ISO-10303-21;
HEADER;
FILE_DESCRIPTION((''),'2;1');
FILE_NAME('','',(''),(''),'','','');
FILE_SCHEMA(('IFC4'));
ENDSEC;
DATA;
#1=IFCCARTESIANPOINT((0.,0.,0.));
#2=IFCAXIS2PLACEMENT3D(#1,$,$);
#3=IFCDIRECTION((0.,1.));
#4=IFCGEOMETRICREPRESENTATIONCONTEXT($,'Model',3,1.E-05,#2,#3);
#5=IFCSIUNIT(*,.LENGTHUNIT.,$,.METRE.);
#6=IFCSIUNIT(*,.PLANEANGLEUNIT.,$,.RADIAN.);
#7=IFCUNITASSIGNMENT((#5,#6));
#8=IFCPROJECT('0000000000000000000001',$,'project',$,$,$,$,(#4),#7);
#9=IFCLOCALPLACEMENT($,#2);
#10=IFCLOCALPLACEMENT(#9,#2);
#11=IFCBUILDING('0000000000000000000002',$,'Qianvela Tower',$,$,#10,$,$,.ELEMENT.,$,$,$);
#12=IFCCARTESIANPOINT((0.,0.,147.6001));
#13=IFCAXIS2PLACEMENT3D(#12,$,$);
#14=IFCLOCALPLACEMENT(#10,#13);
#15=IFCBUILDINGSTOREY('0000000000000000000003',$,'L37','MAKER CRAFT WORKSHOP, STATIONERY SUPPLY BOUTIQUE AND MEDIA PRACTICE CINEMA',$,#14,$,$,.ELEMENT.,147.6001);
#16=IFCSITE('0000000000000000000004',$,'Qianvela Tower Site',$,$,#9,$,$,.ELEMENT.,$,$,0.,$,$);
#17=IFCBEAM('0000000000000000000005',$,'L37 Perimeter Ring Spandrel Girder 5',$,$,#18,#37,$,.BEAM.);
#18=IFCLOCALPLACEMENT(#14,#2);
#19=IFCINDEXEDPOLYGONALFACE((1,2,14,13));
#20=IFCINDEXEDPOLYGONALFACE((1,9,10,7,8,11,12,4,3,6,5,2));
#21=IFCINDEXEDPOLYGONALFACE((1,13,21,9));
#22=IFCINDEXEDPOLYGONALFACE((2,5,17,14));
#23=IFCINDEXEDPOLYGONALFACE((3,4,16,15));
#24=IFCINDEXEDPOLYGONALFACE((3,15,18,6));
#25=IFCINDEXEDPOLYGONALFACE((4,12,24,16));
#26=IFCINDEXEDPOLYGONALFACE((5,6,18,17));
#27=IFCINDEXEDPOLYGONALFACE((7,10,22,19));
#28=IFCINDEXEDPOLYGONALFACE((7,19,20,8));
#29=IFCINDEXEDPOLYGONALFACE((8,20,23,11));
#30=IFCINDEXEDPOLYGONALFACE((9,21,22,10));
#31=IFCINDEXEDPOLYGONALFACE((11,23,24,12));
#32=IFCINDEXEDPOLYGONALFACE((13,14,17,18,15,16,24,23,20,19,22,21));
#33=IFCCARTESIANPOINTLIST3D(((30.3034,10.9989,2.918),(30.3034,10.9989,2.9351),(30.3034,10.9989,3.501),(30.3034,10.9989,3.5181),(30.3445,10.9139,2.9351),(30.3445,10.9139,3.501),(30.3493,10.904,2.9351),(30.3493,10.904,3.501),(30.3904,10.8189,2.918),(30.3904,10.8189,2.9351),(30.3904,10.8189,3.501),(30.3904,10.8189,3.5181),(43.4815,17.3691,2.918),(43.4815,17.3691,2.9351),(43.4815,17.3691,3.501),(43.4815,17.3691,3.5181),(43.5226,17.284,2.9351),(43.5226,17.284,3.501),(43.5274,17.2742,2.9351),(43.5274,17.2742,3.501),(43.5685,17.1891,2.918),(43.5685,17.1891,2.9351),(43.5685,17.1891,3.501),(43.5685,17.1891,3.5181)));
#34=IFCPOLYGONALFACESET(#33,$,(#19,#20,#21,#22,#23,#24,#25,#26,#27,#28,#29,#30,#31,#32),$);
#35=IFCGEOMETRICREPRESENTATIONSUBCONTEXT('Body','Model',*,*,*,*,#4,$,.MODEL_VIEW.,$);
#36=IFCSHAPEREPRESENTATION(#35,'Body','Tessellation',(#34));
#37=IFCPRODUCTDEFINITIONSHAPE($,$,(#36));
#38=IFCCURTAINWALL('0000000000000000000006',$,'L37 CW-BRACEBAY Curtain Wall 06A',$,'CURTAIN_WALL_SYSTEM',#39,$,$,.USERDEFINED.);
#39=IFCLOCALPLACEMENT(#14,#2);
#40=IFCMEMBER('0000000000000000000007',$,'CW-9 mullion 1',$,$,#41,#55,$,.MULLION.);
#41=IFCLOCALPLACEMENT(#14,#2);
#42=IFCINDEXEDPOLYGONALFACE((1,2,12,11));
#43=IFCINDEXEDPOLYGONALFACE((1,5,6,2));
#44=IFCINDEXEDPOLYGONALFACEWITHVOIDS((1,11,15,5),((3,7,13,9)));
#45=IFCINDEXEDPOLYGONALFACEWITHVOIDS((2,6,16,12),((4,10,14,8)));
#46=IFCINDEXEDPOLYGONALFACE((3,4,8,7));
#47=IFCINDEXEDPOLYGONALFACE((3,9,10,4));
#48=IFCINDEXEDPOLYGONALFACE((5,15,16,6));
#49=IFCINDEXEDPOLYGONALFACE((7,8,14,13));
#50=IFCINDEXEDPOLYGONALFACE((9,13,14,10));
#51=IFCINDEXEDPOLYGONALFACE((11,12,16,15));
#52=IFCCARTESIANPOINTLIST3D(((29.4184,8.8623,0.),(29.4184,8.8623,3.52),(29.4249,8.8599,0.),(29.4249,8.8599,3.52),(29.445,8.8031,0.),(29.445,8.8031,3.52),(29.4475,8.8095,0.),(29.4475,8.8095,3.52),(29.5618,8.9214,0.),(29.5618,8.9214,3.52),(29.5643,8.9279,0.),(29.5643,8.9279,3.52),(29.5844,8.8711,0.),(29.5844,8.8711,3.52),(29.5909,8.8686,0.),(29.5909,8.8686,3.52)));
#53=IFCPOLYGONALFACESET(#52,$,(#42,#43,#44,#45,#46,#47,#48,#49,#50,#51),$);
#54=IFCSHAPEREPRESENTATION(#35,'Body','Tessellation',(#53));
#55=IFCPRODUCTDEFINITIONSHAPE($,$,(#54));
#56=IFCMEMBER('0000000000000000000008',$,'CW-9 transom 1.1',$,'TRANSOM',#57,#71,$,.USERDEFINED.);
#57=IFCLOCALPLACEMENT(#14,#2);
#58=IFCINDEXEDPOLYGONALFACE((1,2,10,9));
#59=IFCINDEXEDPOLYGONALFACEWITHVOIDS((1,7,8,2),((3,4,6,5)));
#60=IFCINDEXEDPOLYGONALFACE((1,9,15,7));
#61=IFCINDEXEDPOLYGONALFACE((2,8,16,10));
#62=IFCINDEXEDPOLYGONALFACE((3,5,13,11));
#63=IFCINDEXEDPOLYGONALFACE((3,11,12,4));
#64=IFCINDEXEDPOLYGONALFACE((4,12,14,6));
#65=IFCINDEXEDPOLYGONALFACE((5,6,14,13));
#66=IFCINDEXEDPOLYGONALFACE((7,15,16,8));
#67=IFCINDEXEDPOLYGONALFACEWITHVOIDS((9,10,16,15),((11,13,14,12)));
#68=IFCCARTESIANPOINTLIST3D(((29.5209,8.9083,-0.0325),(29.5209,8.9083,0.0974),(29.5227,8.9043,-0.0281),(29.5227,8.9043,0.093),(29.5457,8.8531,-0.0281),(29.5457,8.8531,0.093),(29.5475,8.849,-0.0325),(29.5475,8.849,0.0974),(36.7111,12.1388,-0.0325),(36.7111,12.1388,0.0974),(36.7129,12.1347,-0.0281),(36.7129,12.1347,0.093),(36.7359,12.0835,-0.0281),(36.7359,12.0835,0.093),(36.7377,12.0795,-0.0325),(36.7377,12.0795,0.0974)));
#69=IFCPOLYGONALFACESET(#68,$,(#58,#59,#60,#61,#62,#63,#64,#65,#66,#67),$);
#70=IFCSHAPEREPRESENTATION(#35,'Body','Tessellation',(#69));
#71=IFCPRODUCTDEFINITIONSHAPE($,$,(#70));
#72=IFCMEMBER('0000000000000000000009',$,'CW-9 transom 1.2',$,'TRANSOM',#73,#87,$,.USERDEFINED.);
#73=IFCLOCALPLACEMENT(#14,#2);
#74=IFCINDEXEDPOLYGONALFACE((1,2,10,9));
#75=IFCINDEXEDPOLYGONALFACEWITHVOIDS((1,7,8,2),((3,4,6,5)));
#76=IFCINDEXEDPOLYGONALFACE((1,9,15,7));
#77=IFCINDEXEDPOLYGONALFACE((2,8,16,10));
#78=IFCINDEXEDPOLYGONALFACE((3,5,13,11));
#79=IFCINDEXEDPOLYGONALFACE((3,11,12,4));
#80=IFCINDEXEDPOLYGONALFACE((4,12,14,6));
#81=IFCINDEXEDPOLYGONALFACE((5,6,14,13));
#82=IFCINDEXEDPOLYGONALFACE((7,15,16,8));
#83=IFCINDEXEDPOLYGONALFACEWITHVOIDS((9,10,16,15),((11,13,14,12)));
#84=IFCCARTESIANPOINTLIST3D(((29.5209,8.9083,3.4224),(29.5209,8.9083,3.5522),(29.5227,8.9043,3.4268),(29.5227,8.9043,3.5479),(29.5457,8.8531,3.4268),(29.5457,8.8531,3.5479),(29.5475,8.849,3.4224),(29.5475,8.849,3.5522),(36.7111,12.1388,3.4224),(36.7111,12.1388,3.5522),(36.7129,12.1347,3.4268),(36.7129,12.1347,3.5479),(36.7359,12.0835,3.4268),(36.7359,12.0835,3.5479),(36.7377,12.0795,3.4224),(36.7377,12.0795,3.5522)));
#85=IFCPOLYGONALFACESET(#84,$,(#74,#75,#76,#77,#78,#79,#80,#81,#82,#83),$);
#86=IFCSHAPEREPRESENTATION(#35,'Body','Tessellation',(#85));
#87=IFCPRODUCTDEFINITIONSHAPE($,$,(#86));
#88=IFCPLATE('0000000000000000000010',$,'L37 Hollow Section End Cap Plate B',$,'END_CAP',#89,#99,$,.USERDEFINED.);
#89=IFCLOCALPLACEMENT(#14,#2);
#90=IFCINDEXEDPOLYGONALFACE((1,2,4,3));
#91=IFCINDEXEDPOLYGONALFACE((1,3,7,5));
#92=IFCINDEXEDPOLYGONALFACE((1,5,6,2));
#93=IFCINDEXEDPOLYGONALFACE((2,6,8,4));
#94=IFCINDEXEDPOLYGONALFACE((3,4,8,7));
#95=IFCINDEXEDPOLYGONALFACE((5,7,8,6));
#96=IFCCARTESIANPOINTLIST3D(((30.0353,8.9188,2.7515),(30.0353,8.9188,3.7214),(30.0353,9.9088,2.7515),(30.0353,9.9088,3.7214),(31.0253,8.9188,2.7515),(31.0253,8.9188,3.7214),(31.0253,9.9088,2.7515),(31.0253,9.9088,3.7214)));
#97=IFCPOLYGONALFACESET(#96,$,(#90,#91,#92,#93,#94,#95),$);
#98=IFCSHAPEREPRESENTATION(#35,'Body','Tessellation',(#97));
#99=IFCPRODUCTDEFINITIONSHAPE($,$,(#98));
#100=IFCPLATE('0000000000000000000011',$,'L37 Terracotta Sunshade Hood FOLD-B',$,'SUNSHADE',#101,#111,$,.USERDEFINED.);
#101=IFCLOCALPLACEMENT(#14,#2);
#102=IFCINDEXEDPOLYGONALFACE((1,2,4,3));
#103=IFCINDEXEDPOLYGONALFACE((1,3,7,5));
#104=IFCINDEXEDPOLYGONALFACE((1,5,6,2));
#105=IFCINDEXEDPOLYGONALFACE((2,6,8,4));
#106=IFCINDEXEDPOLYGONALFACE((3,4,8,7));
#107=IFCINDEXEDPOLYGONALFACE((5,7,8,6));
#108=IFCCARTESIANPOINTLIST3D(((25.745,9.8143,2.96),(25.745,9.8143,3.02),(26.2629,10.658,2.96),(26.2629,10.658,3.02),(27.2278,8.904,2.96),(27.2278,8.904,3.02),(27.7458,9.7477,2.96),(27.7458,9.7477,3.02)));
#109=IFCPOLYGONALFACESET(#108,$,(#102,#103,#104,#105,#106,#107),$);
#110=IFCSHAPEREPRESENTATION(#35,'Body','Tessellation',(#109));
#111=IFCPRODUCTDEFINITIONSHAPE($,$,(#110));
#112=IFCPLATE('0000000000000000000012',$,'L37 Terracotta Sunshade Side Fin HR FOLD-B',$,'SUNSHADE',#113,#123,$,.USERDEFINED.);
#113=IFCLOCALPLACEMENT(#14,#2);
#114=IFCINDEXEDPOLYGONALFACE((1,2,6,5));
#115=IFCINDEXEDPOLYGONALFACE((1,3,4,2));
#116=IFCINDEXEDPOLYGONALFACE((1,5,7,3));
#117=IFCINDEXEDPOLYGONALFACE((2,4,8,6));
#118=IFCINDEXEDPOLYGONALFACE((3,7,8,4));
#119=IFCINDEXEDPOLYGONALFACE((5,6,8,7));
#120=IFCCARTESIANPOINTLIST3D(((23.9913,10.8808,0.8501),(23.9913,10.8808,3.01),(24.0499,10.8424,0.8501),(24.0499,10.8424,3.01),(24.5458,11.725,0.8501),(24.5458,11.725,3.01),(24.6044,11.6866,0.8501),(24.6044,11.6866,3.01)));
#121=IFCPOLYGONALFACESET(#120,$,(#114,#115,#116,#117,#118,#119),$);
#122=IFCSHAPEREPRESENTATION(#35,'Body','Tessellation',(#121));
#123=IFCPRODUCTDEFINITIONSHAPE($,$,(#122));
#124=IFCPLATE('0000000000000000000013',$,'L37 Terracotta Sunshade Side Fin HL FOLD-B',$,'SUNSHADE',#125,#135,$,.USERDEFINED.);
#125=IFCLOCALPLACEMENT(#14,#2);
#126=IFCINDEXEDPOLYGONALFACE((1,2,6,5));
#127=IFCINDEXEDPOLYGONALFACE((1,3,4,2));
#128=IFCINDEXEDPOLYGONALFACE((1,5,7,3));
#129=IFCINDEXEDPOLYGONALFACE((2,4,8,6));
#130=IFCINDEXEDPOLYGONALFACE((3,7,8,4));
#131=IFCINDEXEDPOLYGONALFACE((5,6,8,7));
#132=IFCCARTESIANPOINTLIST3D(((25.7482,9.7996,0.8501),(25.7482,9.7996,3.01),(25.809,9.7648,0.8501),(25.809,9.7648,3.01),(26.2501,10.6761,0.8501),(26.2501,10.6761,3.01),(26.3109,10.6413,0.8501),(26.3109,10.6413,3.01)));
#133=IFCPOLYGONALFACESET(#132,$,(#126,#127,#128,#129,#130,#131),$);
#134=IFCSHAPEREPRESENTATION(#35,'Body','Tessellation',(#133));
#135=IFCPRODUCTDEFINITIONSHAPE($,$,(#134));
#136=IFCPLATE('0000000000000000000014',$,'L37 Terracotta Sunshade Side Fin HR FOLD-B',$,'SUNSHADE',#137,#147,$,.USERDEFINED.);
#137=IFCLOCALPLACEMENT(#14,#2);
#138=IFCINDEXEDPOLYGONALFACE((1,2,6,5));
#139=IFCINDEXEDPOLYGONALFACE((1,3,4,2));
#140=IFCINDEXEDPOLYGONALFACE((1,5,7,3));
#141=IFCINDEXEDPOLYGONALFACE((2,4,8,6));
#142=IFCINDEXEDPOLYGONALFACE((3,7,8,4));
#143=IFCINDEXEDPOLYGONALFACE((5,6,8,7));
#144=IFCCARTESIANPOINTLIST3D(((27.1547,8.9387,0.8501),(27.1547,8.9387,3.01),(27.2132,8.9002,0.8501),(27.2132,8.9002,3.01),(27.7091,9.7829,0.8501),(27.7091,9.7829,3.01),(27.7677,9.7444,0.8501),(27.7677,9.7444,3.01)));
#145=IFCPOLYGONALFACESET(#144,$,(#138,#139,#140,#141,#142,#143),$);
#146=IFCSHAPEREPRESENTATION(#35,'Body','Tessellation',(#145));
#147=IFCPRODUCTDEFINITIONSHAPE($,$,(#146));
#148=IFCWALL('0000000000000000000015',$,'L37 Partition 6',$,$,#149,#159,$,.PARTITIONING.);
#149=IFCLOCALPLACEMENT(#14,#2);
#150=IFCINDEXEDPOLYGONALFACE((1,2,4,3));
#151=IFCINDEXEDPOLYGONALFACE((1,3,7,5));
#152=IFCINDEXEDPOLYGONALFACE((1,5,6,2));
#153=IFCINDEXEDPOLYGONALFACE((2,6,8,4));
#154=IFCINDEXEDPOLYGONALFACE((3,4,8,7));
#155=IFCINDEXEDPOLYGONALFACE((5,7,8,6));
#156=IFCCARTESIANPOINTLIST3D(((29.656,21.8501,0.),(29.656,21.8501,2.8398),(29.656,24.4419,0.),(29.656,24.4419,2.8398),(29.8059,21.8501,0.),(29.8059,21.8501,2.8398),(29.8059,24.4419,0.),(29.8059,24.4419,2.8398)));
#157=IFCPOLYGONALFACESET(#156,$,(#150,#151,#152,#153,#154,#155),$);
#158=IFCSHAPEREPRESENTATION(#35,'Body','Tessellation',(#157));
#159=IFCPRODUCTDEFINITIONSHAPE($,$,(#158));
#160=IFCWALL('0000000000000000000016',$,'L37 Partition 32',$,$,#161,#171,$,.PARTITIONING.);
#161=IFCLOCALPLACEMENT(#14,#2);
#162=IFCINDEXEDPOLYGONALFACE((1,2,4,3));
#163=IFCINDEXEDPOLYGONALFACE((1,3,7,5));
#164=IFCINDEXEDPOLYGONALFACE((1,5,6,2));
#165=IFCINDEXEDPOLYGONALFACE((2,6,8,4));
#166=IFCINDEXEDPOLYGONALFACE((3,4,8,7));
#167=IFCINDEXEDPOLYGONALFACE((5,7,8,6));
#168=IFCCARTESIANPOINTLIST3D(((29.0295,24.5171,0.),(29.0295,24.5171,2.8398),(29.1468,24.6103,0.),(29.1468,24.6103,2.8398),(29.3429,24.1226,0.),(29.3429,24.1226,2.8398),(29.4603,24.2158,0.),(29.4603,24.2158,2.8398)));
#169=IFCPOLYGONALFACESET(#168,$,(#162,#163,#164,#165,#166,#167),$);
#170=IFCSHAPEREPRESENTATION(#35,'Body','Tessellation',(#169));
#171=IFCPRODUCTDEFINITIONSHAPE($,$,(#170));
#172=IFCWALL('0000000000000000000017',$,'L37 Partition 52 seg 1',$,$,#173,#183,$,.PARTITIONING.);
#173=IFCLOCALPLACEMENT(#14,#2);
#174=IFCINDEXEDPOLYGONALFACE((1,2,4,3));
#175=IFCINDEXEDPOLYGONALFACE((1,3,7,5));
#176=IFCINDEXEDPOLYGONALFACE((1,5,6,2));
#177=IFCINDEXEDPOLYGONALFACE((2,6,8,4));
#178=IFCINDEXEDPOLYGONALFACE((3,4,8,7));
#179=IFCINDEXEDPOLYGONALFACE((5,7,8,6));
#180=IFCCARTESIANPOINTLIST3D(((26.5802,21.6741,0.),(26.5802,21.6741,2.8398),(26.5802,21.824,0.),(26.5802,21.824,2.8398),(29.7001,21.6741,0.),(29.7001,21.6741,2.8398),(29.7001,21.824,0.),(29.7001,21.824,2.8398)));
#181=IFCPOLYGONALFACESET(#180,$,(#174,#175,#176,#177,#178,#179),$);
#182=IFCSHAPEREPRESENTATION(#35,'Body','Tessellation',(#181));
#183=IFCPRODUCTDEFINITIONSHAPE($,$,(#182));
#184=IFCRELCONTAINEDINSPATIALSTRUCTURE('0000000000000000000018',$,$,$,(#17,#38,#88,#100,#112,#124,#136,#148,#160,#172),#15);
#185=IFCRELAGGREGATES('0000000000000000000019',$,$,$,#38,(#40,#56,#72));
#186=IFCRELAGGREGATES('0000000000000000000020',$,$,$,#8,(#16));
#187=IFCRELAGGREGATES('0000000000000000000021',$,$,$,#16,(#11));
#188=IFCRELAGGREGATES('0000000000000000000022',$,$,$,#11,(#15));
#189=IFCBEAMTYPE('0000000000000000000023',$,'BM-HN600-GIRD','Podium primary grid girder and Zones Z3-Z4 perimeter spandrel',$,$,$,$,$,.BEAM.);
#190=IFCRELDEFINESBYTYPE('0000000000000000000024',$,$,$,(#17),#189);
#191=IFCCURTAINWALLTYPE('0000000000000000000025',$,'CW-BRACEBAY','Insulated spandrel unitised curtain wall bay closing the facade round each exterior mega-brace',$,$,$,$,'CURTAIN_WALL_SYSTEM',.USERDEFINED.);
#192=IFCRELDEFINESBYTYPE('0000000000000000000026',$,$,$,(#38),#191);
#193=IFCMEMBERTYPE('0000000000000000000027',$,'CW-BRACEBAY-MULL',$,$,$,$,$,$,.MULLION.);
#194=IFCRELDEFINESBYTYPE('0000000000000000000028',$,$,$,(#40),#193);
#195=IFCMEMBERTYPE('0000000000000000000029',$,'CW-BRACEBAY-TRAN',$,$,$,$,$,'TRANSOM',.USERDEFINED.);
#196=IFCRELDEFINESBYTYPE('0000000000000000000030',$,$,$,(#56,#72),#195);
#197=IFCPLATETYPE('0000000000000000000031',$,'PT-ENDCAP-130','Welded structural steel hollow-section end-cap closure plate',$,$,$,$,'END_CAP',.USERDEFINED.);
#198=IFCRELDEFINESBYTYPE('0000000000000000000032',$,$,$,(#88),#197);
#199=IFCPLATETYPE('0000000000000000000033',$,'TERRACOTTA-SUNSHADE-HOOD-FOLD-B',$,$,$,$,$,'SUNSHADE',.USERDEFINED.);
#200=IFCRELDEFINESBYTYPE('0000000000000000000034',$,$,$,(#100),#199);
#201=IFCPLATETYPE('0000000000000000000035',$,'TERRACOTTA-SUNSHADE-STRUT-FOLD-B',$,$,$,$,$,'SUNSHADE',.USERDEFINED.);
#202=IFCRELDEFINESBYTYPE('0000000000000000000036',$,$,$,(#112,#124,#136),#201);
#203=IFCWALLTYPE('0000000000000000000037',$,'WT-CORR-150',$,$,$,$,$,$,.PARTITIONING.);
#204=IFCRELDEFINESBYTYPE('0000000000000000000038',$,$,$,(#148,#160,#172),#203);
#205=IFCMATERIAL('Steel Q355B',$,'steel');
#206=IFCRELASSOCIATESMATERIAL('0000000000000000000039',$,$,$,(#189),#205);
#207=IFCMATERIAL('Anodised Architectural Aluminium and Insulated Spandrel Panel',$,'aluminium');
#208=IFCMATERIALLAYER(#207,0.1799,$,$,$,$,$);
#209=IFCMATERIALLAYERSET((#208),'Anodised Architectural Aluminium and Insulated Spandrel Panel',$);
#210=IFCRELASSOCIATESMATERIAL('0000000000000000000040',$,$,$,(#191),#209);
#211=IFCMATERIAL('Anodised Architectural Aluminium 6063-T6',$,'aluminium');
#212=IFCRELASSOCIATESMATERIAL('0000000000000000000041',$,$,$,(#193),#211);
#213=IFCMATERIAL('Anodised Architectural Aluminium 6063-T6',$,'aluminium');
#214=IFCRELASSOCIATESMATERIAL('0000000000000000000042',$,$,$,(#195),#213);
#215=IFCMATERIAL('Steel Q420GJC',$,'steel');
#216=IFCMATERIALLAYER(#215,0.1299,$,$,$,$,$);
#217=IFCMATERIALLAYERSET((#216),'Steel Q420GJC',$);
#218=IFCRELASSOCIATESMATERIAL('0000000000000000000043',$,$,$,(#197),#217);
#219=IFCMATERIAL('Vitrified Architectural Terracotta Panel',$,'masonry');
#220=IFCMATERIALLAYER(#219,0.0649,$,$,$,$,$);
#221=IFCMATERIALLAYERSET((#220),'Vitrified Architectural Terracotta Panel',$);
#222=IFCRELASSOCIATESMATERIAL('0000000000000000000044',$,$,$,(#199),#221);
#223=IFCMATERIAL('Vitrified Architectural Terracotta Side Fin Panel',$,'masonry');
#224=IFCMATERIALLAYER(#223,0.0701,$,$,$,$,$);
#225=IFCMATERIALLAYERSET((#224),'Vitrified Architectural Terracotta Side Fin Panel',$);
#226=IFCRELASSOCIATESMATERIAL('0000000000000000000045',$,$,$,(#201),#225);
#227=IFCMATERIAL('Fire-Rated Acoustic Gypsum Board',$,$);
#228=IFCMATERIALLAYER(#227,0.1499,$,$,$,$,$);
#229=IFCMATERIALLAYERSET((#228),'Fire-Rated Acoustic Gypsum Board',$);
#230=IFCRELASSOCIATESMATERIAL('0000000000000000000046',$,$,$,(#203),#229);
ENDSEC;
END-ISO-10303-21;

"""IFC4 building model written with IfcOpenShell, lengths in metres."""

from ifc_helpers import new_model, si_unit, direction, frame, frame_2d, origin, origin_2d, place, context, subcontext, project, spatial, rectangle, hollow_rectangle, i_section, extrude, material, layer, layer_set, material_profile, profile_set, type_object, element, aggregate, save


model = new_model("IFC4")

# Units and contexts
model_context = context("Model", 3, precision=1e-05, world=origin(), true_north=direction((0.0, 1.0)))
body_context = subcontext(model_context, "Body", "Model", "MODEL_VIEW")
ifc_project = project(units=[si_unit("LENGTHUNIT", "METRE"), si_unit("PLANEANGLEUNIT", "RADIAN")], contexts=[model_context])

# Site, building, storey
site_placement = place(None, origin())
site = spatial("IfcSite", under=ifc_project, at=site_placement, Name="Qianvela Tower Site", CompositionType="ELEMENT", RefElevation=0.0)
building_placement = place(site_placement, origin())
building = spatial("IfcBuilding", under=site, at=building_placement, Name="Qianvela Tower", CompositionType="ELEMENT")
storey_placement = place(building_placement, frame((0.0, 0.0, 147.6001)))
storey = spatial("IfcBuildingStorey", under=building, at=storey_placement, Name="L37", Description="MAKER CRAFT WORKSHOP, STATIONERY SUPPLY BOUTIQUE AND MEDIA PRACTICE CINEMA", CompositionType="ELEMENT", Elevation=147.6001)

# Beam
ifc_material_1 = material(Name="Steel Q355B", Category="steel")
ifc_material_profile_1 = material_profile(ifc_material_1, i_section(OverallWidth=0.2, OverallDepth=0.6001, WebThickness=0.011, FlangeThickness=0.0171, at=origin_2d()), Name="HN600x200x11x17")
ifc_profile_set_1 = profile_set([ifc_material_profile_1], Name="Steel Q355B")
beam_type_1 = type_object("IfcBeamType", Name="BM-HN600-GIRD", Description="Podium primary grid girder and Zones Z3-Z4 perimeter spandrel", PredefinedType="BEAM", material=ifc_profile_set_1)
beam_1_placement = place(storey_placement, frame((30.3469, 10.9089, 3.218), z_axis=(0.900329, 0.435211, 0.0), x_axis=(-0.435211, 0.900329, 0.0)))
element("IfcBeam", 1, at=beam_1_placement, inside=storey, type_object=beam_type_1, Name="L37 Perimeter Ring Spandrel Girder 5", PredefinedType="BEAM", context=body_context, shape_type="SweptSolid", body=[
    extrude(i_section(OverallWidth=0.2, OverallDepth=0.6001, WebThickness=0.011, FlangeThickness=0.0171, at=origin_2d()), origin(), (0.0, 0.0, 1.0), 14.637),
])

# Curtain wall, members
ifc_material_2 = material(Name="Anodised Architectural Aluminium and Insulated Spandrel Panel", Category="aluminium")
ifc_layer_1 = layer(ifc_material_2, 0.1799)
ifc_layer_set_1 = layer_set([ifc_layer_1], Name="Anodised Architectural Aluminium and Insulated Spandrel Panel")
curtain_wall_type = type_object("IfcCurtainWallType", Name="CW-BRACEBAY", Description="Insulated spandrel unitised curtain wall bay closing the facade round each exterior mega-brace", ElementType="CURTAIN_WALL_SYSTEM", PredefinedType="USERDEFINED", material=ifc_layer_set_1)
curtain_wall_placement = place(storey_placement, origin())
curtain_wall = element("IfcCurtainWall", 2, at=curtain_wall_placement, inside=storey, type_object=curtain_wall_type, Name="L37 CW-BRACEBAY Curtain Wall 06A", ObjectType="CURTAIN_WALL_SYSTEM", PredefinedType="USERDEFINED")
ifc_material_3 = material(Name="Anodised Architectural Aluminium 6063-T6", Category="aluminium")
ifc_material_profile_2 = material_profile(ifc_material_3, hollow_rectangle(XDim=0.0649, YDim=0.1599, WallThickness=0.0049, at=origin_2d()), Name="ALU-MULL-65x160")
ifc_profile_set_2 = profile_set([ifc_material_profile_2], Name="Anodised Architectural Aluminium 6063-T6")
member_type_1 = type_object("IfcMemberType", Name="CW-BRACEBAY-MULL", PredefinedType="MULLION", material=ifc_profile_set_2)
member_1_placement = place(storey_placement, frame((29.5046, 8.8655, 0.0), z_axis=(0.0, 0.0, 1.0), x_axis=(-0.409813, 0.91217, 0.0)))
member_1 = element("IfcMember", 3, at=member_1_placement, type_object=member_type_1, Name="CW-9 mullion 1", PredefinedType="MULLION", context=body_context, shape_type="SweptSolid", body=[
    extrude(hollow_rectangle(XDim=0.0649, YDim=0.1599, WallThickness=0.0049, at=origin_2d()), origin(), (0.0, 0.0, 1.0), 3.52),
])
ifc_material_4 = material(Name="Anodised Architectural Aluminium 6063-T6", Category="aluminium")
ifc_material_profile_3 = material_profile(ifc_material_4, hollow_rectangle(XDim=0.0649, YDim=0.1299, WallThickness=0.0044, at=origin_2d()), Name="ALU-TRAN-65x130")
ifc_profile_set_3 = profile_set([ifc_material_profile_3], Name="Anodised Architectural Aluminium 6063-T6")
member_type_2 = type_object("IfcMemberType", Name="CW-BRACEBAY-TRAN", ElementType="TRANSOM", PredefinedType="USERDEFINED", material=ifc_profile_set_3)
member_2_placement = place(storey_placement, frame((29.5342, 8.8787, 0.0325), z_axis=(0.912164, 0.409825, 0.0), x_axis=(-0.409825, 0.912164, 0.0)))
member_2 = element("IfcMember", 4, at=member_2_placement, type_object=member_type_2, Name="CW-9 transom 1.1", ObjectType="TRANSOM", PredefinedType="USERDEFINED", context=body_context, shape_type="SweptSolid", body=[
    extrude(hollow_rectangle(XDim=0.0649, YDim=0.1299, WallThickness=0.0044, at=origin_2d()), origin(), (0.0, 0.0, 1.0), 7.8826),
])
member_3_placement = place(storey_placement, frame((29.5342, 8.8787, 3.4873), z_axis=(0.912164, 0.409825, 0.0), x_axis=(-0.409825, 0.912164, 0.0)))
member_3 = element("IfcMember", 5, at=member_3_placement, type_object=member_type_2, Name="CW-9 transom 1.2", ObjectType="TRANSOM", PredefinedType="USERDEFINED", context=body_context, shape_type="SweptSolid", body=[
    extrude(hollow_rectangle(XDim=0.0649, YDim=0.1299, WallThickness=0.0044, at=origin_2d()), origin(), (0.0, 0.0, 1.0), 7.8826),
])
aggregate(curtain_wall, [member_1, member_2, member_3])

# Plates
ifc_material_5 = material(Name="Steel Q420GJC", Category="steel")
ifc_layer_2 = layer(ifc_material_5, 0.1299)
ifc_layer_set_2 = layer_set([ifc_layer_2], Name="Steel Q420GJC")
plate_type_1 = type_object("IfcPlateType", Name="PT-ENDCAP-130", Description="Welded structural steel hollow-section end-cap closure plate", ElementType="END_CAP", PredefinedType="USERDEFINED", material=ifc_layer_set_2)
plate_1_placement = place(storey_placement, frame((30.5303, 9.4138, 2.7515), z_axis=(0.0, 0.0, 1.0), x_axis=(1.0, 0.0, 0.0)))
element("IfcPlate", 6, at=plate_1_placement, inside=storey, type_object=plate_type_1, Name="L37 Hollow Section End Cap Plate B", ObjectType="END_CAP", PredefinedType="USERDEFINED", context=body_context, shape_type="SweptSolid", body=[
    extrude(rectangle(XDim=0.99, YDim=0.99, at=origin_2d()), origin(), (0.0, 0.0, 1.0), 0.97),
])
ifc_material_6 = material(Name="Vitrified Architectural Terracotta Panel", Category="masonry")
ifc_layer_3 = layer(ifc_material_6, 0.0649)
ifc_layer_set_3 = layer_set([ifc_layer_3], Name="Vitrified Architectural Terracotta Panel")
plate_type_2 = type_object("IfcPlateType", Name="TERRACOTTA-SUNSHADE-HOOD-FOLD-B", ElementType="SUNSHADE", PredefinedType="USERDEFINED", material=ifc_layer_set_3)
plate_2_placement = place(storey_placement, frame((26.7454, 9.781, 2.96), z_axis=(0.0, 0.0, 1.0), x_axis=(0.852222, -0.52318, 0.0)))
element("IfcPlate", 7, at=plate_2_placement, inside=storey, type_object=plate_type_2, Name="L37 Terracotta Sunshade Hood FOLD-B", ObjectType="SUNSHADE", PredefinedType="USERDEFINED", context=body_context, shape_type="SweptSolid", body=[
    extrude(rectangle(XDim=1.74, YDim=0.99, at=origin_2d()), origin(), (0.0, 0.0, 1.0), 0.0601),
])
ifc_material_7 = material(Name="Vitrified Architectural Terracotta Side Fin Panel", Category="masonry")
ifc_layer_4 = layer(ifc_material_7, 0.0701)
ifc_layer_set_4 = layer_set([ifc_layer_4], Name="Vitrified Architectural Terracotta Side Fin Panel")
plate_type_3 = type_object("IfcPlateType", Name="TERRACOTTA-SUNSHADE-STRUT-FOLD-B", ElementType="SUNSHADE", PredefinedType="USERDEFINED", material=ifc_layer_set_4)
for number, where, z_axis, x_axis, name in (
    (8, (24.2979, 11.2837, 0.8501), (0.0, 0.0, 1.0), (0.835848, -0.548962, 0.0), "L37 Terracotta Sunshade Side Fin HR FOLD-B"),
    (9, (26.0295, 10.2205, 0.8501), (0.0, 0.0, 1.0), (0.867802, -0.49691, 0.0), "L37 Terracotta Sunshade Side Fin HL FOLD-B"),
    (10, (27.4612, 9.3416, 0.8501), (0.0, 0.0, 1.0), (0.835848, -0.548962, 0.0), "L37 Terracotta Sunshade Side Fin HR FOLD-B"),
):
    element("IfcPlate", number, at=place(storey_placement, frame(where, z_axis=z_axis, x_axis=x_axis)), inside=storey, type_object=plate_type_3, Name=name, ObjectType="SUNSHADE", PredefinedType="USERDEFINED", context=body_context, shape_type="SweptSolid", body=[
        extrude(rectangle(XDim=0.0701, YDim=1.01, at=origin_2d()), origin(), (0.0, 0.0, 1.0), 2.1599),
    ])

# Walls
ifc_material_8 = material(Name="Fire-Rated Acoustic Gypsum Board")
ifc_layer_5 = layer(ifc_material_8, 0.1499)
ifc_layer_set_5 = layer_set([ifc_layer_5], Name="Fire-Rated Acoustic Gypsum Board")
wall_type_1 = type_object("IfcWallType", Name="WT-CORR-150", PredefinedType="PARTITIONING", material=ifc_layer_set_5)
wall_1_placement = place(storey_placement, frame((29.731, 21.8501, 0.0), z_axis=(0.0, 0.0, 1.0), x_axis=(0.0, 1.0, 0.0)))
element("IfcWall", 11, at=wall_1_placement, inside=storey, type_object=wall_type_1, Name="L37 Partition 6", PredefinedType="PARTITIONING", context=body_context, shape_type="SweptSolid", body=[
    extrude(rectangle(XDim=2.5918, YDim=0.1499, at=frame_2d((1.2959, 0.0))), origin(), (0.0, 0.0, 1.0), 2.8398),
])
wall_2_placement = place(storey_placement, frame((29.4016, 24.1692, 0.0), z_axis=(0.0, 0.0, 1.0), x_axis=(-0.622092, 0.782944, 0.0)))
element("IfcWall", 12, at=wall_2_placement, inside=storey, type_object=wall_type_1, Name="L37 Partition 32", PredefinedType="PARTITIONING", context=body_context, shape_type="SweptSolid", body=[
    extrude(rectangle(XDim=0.5039, YDim=0.1499, at=frame_2d((0.252, 0.0))), origin(), (0.0, 0.0, 1.0), 2.8398),
])
wall_3_placement = place(storey_placement, frame((26.5801, 21.749, 0.0), z_axis=(0.0, 0.0, 1.0), x_axis=(1.0, 0.0, 0.0)))
element("IfcWall", 13, at=wall_3_placement, inside=storey, type_object=wall_type_1, Name="L37 Partition 52 seg 1", PredefinedType="PARTITIONING", context=body_context, shape_type="SweptSolid", body=[
    extrude(rectangle(XDim=3.1199, YDim=0.1499, at=frame_2d((1.5601, 0.0))), origin(), (0.0, 0.0, 1.0), 2.8398),
])

save(model, "model.ifc")
